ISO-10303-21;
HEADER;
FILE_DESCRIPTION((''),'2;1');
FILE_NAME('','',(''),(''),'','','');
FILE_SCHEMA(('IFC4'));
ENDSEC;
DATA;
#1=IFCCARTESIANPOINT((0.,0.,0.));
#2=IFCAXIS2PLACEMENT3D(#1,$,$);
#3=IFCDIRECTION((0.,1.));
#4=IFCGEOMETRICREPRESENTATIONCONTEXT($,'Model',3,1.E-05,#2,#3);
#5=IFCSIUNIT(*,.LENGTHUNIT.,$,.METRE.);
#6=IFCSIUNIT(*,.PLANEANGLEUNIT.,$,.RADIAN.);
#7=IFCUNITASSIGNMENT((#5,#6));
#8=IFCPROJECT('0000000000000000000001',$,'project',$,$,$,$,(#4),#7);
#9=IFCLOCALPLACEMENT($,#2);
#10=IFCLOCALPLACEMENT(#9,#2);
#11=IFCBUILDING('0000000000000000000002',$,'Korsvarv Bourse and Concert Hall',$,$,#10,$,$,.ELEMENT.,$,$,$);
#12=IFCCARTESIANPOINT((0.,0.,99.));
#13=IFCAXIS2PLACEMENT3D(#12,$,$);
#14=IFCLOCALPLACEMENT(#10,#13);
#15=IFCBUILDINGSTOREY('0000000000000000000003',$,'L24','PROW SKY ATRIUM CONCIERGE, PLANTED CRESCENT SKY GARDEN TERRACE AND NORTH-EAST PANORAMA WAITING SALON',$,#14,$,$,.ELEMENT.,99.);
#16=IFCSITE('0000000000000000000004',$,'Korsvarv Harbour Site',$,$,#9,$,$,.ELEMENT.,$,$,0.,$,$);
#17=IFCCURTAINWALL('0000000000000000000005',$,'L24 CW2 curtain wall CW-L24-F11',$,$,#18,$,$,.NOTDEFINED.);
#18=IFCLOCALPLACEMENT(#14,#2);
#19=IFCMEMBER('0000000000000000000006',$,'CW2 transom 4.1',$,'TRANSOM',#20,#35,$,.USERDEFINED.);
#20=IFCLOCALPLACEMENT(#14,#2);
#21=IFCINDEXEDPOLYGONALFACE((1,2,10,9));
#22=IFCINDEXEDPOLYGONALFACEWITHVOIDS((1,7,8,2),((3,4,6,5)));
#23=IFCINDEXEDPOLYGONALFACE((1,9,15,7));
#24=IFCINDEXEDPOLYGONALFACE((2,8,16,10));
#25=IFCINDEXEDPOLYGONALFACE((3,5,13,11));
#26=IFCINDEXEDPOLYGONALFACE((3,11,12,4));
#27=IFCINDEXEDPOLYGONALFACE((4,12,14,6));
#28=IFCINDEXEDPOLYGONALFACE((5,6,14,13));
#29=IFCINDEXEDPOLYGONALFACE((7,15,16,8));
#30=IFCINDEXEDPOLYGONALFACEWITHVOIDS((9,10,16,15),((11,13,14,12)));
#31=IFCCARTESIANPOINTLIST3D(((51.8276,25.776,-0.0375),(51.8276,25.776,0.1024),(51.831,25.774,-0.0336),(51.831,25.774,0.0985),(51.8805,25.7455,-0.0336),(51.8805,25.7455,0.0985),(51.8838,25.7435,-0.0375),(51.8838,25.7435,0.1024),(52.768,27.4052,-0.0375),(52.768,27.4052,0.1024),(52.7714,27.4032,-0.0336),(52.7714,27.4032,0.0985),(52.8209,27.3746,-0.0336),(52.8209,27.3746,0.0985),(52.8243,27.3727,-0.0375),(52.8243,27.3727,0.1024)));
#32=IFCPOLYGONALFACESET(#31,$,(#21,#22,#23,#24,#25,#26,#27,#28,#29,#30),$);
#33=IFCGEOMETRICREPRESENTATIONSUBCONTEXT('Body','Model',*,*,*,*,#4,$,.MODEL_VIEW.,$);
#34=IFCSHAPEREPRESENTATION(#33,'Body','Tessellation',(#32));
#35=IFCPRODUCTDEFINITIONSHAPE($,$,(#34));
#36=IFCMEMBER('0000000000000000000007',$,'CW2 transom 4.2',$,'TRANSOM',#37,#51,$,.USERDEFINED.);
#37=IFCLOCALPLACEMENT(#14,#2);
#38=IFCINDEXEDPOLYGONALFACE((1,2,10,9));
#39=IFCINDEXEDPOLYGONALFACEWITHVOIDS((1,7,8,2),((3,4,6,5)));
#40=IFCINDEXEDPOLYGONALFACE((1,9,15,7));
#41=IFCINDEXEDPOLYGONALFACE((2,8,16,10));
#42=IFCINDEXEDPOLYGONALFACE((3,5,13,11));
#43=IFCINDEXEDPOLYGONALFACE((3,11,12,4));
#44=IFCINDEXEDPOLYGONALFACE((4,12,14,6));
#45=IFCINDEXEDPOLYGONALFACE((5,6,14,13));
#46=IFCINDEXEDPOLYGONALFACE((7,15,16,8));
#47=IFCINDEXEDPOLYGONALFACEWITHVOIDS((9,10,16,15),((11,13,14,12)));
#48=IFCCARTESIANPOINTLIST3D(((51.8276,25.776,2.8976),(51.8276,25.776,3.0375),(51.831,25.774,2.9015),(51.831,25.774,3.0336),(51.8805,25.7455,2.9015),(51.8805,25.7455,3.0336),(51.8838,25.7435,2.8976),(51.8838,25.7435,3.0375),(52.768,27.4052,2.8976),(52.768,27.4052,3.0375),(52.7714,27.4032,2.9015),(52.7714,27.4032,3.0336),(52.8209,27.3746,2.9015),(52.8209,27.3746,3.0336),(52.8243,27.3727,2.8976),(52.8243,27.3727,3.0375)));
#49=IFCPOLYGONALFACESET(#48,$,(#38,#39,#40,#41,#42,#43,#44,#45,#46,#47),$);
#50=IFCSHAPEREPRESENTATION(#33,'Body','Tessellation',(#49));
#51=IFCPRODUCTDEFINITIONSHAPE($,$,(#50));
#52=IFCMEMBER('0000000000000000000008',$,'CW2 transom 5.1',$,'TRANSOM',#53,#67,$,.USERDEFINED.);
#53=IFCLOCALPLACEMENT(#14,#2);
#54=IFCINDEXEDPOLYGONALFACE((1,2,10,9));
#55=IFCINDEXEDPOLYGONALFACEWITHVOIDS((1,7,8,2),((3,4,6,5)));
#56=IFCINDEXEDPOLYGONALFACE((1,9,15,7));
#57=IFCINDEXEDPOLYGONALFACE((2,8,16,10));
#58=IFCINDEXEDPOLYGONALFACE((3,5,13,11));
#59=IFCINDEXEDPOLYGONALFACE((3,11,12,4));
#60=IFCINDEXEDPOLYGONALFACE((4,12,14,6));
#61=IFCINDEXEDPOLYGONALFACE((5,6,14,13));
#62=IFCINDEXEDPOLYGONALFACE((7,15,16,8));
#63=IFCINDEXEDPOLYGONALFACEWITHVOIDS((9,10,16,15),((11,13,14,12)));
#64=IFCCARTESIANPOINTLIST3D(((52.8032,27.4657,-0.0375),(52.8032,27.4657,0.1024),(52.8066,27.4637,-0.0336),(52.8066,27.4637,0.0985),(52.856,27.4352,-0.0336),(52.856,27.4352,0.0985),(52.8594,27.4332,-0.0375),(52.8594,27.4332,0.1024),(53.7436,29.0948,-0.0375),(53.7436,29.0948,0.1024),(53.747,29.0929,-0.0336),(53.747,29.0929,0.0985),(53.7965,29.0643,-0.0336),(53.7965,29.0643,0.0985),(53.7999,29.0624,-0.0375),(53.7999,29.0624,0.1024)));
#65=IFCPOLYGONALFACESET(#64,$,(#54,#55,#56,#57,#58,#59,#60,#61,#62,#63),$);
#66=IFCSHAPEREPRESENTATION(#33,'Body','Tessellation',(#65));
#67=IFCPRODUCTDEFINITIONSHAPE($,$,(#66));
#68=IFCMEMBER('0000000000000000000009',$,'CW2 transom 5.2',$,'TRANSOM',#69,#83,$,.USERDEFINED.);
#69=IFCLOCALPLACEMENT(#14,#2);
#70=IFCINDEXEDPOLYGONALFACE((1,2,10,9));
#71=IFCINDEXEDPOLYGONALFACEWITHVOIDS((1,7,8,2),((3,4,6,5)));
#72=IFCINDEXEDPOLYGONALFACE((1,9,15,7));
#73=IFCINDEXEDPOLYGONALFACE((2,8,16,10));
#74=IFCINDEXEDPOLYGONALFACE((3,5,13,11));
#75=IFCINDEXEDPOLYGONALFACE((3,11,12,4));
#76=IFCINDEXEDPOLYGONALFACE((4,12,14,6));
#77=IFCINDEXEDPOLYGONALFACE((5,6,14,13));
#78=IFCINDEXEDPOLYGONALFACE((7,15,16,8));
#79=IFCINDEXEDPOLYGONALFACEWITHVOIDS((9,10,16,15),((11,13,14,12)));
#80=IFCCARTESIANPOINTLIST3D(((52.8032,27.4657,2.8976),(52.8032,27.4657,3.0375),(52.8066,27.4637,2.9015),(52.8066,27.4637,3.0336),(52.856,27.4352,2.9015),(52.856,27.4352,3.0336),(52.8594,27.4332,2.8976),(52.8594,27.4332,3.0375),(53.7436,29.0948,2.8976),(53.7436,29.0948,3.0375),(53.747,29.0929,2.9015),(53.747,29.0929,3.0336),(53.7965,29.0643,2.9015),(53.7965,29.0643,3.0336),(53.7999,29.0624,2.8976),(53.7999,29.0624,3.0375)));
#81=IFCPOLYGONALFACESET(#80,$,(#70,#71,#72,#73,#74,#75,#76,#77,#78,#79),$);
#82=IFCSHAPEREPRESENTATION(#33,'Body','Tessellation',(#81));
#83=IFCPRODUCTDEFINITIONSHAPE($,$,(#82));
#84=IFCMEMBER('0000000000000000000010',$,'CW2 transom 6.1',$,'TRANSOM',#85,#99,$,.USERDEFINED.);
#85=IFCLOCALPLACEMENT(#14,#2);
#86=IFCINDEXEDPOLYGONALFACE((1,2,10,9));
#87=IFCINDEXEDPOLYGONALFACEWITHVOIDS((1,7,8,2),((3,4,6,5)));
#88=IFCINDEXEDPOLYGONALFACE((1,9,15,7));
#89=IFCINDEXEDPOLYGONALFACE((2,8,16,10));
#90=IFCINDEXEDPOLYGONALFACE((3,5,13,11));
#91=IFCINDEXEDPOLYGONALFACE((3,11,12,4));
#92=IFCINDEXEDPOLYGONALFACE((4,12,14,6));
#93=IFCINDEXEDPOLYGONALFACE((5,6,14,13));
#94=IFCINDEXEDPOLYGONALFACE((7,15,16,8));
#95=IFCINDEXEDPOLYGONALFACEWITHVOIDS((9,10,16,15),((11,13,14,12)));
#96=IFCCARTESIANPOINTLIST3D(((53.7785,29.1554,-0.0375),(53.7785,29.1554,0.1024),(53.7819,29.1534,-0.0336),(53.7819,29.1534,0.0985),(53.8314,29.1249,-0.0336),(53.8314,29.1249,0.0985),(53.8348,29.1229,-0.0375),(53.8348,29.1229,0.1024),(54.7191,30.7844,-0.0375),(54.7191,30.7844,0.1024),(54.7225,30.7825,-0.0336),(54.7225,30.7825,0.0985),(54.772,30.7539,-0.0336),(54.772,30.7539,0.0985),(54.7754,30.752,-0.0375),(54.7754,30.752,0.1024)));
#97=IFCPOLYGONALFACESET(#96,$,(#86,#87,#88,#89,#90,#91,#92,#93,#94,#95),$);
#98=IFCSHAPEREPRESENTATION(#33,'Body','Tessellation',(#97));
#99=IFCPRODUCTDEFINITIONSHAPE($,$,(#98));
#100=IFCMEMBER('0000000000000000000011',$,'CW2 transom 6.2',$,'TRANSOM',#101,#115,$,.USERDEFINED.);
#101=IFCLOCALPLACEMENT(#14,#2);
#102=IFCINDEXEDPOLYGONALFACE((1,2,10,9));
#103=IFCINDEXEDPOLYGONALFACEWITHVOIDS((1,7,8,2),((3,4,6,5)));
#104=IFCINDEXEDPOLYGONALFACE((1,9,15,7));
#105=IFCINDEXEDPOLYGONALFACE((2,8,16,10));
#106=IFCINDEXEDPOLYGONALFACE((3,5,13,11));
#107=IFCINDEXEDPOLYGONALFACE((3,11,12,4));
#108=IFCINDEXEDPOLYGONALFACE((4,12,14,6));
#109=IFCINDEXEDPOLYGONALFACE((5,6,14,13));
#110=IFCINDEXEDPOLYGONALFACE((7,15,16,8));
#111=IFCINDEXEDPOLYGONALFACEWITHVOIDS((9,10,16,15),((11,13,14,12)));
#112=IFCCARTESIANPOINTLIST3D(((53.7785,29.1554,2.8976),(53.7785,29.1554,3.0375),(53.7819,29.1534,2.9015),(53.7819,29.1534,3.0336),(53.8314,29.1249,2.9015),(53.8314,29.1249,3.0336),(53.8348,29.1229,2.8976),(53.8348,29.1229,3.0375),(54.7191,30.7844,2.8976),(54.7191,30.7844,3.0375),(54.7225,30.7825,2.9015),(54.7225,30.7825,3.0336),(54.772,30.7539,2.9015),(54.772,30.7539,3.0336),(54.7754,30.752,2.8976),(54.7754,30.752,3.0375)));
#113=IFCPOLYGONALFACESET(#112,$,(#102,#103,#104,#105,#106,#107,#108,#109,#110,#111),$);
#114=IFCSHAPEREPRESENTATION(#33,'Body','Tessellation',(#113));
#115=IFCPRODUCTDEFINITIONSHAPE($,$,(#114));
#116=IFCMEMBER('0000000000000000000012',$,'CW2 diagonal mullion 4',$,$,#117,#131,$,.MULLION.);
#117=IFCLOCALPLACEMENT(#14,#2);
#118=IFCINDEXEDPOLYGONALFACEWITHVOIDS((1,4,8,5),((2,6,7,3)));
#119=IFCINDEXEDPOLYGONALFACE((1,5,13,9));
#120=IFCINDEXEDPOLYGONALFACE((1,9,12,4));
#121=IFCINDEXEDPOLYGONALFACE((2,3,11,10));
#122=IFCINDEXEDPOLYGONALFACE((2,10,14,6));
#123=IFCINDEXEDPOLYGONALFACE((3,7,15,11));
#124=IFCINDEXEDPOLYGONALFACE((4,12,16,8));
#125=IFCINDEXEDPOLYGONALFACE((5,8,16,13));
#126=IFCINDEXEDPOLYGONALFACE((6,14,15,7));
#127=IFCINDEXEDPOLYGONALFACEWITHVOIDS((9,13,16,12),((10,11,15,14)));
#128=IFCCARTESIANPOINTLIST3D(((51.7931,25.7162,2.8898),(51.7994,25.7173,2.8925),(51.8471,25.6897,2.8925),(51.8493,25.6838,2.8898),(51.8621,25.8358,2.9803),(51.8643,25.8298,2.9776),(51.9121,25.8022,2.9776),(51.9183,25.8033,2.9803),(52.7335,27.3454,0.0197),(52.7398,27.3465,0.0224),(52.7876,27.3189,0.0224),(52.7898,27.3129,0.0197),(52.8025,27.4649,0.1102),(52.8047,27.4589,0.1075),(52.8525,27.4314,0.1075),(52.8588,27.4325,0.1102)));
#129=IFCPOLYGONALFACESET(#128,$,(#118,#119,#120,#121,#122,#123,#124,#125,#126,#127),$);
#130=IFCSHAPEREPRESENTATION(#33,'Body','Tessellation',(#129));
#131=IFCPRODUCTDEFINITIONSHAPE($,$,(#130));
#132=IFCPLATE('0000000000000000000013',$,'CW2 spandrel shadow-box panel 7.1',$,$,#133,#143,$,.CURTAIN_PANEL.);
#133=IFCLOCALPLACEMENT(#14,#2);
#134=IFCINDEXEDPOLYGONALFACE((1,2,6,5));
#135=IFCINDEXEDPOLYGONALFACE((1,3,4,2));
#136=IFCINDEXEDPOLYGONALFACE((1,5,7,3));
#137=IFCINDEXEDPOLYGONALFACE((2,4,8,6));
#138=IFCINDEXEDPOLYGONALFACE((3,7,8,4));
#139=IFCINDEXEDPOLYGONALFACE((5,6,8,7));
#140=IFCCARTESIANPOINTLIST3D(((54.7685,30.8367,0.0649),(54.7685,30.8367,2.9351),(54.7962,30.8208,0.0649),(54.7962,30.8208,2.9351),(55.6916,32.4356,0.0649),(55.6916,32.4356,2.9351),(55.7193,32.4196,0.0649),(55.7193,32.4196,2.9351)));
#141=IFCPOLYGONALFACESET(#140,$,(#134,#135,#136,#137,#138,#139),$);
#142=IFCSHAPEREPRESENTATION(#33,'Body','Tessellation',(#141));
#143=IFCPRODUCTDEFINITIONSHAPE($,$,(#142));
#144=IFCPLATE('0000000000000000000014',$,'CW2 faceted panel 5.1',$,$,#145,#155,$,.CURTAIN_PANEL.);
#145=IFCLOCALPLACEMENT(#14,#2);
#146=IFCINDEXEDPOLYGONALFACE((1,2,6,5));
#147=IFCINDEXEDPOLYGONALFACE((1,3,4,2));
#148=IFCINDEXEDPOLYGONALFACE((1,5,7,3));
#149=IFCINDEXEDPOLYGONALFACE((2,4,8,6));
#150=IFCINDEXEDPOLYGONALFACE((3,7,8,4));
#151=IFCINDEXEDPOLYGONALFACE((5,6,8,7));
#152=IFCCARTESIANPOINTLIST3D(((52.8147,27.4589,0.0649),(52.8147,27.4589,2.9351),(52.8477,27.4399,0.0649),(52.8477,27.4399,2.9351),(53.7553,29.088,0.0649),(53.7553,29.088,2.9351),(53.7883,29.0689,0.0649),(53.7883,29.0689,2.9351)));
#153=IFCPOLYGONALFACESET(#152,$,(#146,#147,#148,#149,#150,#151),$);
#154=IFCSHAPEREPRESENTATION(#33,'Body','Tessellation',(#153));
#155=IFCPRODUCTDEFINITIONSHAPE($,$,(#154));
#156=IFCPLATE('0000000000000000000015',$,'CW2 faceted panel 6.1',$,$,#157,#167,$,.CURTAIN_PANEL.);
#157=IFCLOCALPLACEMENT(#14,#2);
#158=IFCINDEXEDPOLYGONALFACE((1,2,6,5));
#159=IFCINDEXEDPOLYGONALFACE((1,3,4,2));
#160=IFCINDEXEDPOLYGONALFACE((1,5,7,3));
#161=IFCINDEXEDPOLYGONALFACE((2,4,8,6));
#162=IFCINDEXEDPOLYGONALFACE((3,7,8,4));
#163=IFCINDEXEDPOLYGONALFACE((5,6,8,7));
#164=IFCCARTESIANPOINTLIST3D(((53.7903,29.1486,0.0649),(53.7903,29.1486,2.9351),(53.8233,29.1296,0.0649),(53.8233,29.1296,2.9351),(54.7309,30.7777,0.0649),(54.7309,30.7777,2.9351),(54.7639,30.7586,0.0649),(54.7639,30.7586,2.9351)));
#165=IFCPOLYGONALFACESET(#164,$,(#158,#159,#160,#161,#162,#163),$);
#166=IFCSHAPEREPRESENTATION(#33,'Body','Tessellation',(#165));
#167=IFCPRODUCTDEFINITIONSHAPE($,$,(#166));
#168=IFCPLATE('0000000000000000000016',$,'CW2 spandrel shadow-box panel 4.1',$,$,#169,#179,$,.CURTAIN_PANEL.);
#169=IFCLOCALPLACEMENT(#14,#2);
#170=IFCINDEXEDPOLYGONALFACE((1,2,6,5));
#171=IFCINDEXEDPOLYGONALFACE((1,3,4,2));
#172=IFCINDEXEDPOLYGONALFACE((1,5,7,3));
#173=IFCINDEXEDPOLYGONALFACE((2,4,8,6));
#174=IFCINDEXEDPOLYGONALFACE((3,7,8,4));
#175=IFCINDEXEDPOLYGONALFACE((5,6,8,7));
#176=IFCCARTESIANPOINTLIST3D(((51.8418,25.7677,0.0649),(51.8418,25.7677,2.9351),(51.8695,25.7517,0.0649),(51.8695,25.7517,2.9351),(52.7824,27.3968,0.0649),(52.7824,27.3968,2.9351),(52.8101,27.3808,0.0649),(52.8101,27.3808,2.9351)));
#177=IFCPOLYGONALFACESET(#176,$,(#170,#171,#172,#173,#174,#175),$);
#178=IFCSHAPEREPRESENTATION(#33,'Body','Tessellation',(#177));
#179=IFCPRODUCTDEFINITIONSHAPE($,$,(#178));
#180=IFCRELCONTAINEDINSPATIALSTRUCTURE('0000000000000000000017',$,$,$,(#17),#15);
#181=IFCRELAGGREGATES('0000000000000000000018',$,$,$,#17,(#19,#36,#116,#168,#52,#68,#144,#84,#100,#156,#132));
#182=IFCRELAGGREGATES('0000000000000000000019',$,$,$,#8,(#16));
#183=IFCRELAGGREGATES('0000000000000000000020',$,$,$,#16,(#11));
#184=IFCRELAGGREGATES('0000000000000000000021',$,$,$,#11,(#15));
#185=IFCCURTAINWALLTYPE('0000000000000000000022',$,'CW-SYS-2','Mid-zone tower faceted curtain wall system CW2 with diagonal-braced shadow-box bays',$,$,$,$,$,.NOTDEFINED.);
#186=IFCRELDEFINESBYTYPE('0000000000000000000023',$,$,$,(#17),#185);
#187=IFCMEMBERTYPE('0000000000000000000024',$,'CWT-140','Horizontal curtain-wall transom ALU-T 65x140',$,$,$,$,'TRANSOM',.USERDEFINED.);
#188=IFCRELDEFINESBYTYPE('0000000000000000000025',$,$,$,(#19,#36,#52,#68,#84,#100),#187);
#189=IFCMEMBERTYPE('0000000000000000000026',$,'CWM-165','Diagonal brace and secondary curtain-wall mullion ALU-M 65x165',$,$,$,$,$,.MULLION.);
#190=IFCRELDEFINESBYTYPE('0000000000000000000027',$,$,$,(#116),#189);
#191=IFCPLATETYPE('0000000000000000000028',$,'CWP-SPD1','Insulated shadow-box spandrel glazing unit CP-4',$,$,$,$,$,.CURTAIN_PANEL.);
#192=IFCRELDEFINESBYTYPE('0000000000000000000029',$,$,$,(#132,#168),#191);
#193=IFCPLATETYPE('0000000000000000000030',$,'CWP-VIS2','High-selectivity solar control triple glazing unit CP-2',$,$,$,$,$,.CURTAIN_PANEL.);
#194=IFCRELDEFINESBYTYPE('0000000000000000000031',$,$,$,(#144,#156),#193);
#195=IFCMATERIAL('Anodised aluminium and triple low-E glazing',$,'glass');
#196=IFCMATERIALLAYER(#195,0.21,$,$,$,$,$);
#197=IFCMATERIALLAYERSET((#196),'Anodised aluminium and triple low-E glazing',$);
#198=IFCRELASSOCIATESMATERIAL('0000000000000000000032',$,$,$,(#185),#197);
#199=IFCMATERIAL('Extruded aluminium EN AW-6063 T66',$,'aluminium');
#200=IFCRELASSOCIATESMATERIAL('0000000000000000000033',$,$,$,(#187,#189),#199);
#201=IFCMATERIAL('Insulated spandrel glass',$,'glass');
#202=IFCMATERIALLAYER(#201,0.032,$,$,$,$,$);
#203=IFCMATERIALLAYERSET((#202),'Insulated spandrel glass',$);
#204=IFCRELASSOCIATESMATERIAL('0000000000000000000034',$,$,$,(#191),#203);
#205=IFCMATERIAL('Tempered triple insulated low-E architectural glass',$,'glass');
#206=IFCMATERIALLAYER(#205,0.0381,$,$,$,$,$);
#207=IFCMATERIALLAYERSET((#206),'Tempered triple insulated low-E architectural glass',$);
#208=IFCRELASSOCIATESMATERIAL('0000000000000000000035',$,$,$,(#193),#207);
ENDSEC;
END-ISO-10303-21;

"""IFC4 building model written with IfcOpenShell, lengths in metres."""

from ifc_helpers import new_model, si_unit, direction, frame, origin, origin_2d, place, context, subcontext, project, spatial, rectangle, hollow_rectangle, extrude, source, transform, mapped, material, layer, layer_set, material_profile, profile_set, type_object, element, aggregate, save


model = new_model("IFC4")

# Units and contexts
model_context = context("Model", 3, precision=1e-05, world=origin(), true_north=direction((0.0, 1.0)))
body_context = subcontext(model_context, "Body", "Model", "MODEL_VIEW")
ifc_project = project(units=[si_unit("LENGTHUNIT", "METRE"), si_unit("PLANEANGLEUNIT", "RADIAN")], contexts=[model_context])

# Site, building, storey
site_placement = place(None, origin())
site = spatial("IfcSite", under=ifc_project, at=site_placement, Name="Korsvarv Harbour Site", CompositionType="ELEMENT", RefElevation=0.0)
building_placement = place(site_placement, origin())
building = spatial("IfcBuilding", under=site, at=building_placement, Name="Korsvarv Bourse and Concert Hall", CompositionType="ELEMENT")
storey_placement = place(building_placement, frame((0.0, 0.0, 99.0)))
storey = spatial("IfcBuildingStorey", under=building, at=storey_placement, Name="L24", Description="PROW SKY ATRIUM CONCIERGE, PLANTED CRESCENT SKY GARDEN TERRACE AND NORTH-EAST PANORAMA WAITING SALON", CompositionType="ELEMENT", Elevation=99.0)

# Curtain wall, members, plates
ifc_material_1 = material(Name="Anodised aluminium and triple low-E glazing", Category="glass")
ifc_layer_1 = layer(ifc_material_1, 0.21)
ifc_layer_set_1 = layer_set([ifc_layer_1], Name="Anodised aluminium and triple low-E glazing")
curtain_wall_type = type_object("IfcCurtainWallType", Name="CW-SYS-2", Description="Mid-zone tower faceted curtain wall system CW2 with diagonal-braced shadow-box bays", PredefinedType="NOTDEFINED", material=ifc_layer_set_1)
curtain_wall_placement = place(storey_placement, origin())
curtain_wall = element("IfcCurtainWall", 1, at=curtain_wall_placement, inside=storey, type_object=curtain_wall_type, Name="L24 CW2 curtain wall CW-L24-F11", PredefinedType="NOTDEFINED")
ifc_material_2 = material(Name="Extruded aluminium EN AW-6063 T66", Category="aluminium")
ifc_material_profile_1 = material_profile(ifc_material_2, hollow_rectangle(XDim=0.0649, YDim=0.1399, WallThickness=0.0039, at=origin_2d()), Name="ALU-T 65x140")
ifc_profile_set_1 = profile_set([ifc_material_profile_1], Name="Extruded aluminium EN AW-6063 T66")
member_type_1 = type_object("IfcMemberType", Name="CWT-140", Description="Horizontal curtain-wall transom ALU-T 65x140", ElementType="TRANSOM", PredefinedType="USERDEFINED", material=ifc_profile_set_1)
ifc_material_profile_2 = material_profile(ifc_material_2, hollow_rectangle(XDim=0.0649, YDim=0.165, WallThickness=0.0049, at=origin_2d()), Name="ALU-M 65x165")
ifc_profile_set_2 = profile_set([ifc_material_profile_2], Name="Extruded aluminium EN AW-6063 T66")
member_type_2 = type_object("IfcMemberType", Name="CWM-165", Description="Diagonal brace and secondary curtain-wall mullion ALU-M 65x165", PredefinedType="MULLION", material=ifc_profile_set_2)
shared_shape_1 = source(origin(), body_context, "Body", "SweptSolid", [
    extrude(hollow_rectangle(XDim=0.0649, YDim=0.1399, WallThickness=0.0039, at=origin_2d()), origin(), (0.0, 0.0, 1.0), 1.8811),
])
member_1_placement = place(storey_placement, frame((51.8557, 25.7598, 0.0325), z_axis=(0.499936, 0.866062, 0.0), x_axis=(-0.866062, 0.499936, 0.0)))
member_1 = element("IfcMember", 2, at=member_1_placement, type_object=member_type_1, Name="CW2 transom 4.1", ObjectType="TRANSOM", PredefinedType="USERDEFINED", context=body_context, shape_type="MappedRepresentation", body=[
    mapped(shared_shape_1, transform((0.0, 0.0, 0.0), scale=1.0)),
])
member_2_placement = place(storey_placement, frame((51.8557, 25.7598, 2.9675), z_axis=(0.499936, 0.866062, 0.0), x_axis=(-0.866062, 0.499936, 0.0)))
member_2 = element("IfcMember", 3, at=member_2_placement, type_object=member_type_1, Name="CW2 transom 4.2", ObjectType="TRANSOM", PredefinedType="USERDEFINED", context=body_context, shape_type="MappedRepresentation", body=[
    mapped(shared_shape_1, transform((0.0, 0.0, 0.0), scale=1.0)),
])
member_3_placement = place(storey_placement, frame((52.8313, 27.4495, 0.0325), z_axis=(0.499936, 0.866062, 0.0), x_axis=(-0.866062, 0.499936, 0.0)))
member_3 = element("IfcMember", 4, at=member_3_placement, type_object=member_type_1, Name="CW2 transom 5.1", ObjectType="TRANSOM", PredefinedType="USERDEFINED", context=body_context, shape_type="MappedRepresentation", body=[
    mapped(shared_shape_1, transform((0.0, 0.0, 0.0), scale=1.0)),
])
member_4_placement = place(storey_placement, frame((52.8313, 27.4495, 2.9675), z_axis=(0.499936, 0.866062, 0.0), x_axis=(-0.866062, 0.499936, 0.0)))
member_4 = element("IfcMember", 5, at=member_4_placement, type_object=member_type_1, Name="CW2 transom 5.2", ObjectType="TRANSOM", PredefinedType="USERDEFINED", context=body_context, shape_type="MappedRepresentation", body=[
    mapped(shared_shape_1, transform((0.0, 0.0, 0.0), scale=1.0)),
])
member_5_placement = place(storey_placement, frame((53.8066, 29.1392, 0.0325), z_axis=(0.500033, 0.866006, 0.0), x_axis=(-0.866006, 0.500033, 0.0)))
member_5 = element("IfcMember", 6, at=member_5_placement, type_object=member_type_1, Name="CW2 transom 6.1", ObjectType="TRANSOM", PredefinedType="USERDEFINED", context=body_context, shape_type="MappedRepresentation", body=[
    mapped(shared_shape_1, transform((0.0, 0.0, 0.0), scale=1.0)),
])
member_6_placement = place(storey_placement, frame((53.8066, 29.1392, 2.9675), z_axis=(0.500033, 0.866006, 0.0), x_axis=(-0.866006, 0.500033, 0.0)))
member_6 = element("IfcMember", 7, at=member_6_placement, type_object=member_type_1, Name="CW2 transom 6.2", ObjectType="TRANSOM", PredefinedType="USERDEFINED", context=body_context, shape_type="MappedRepresentation", body=[
    mapped(shared_shape_1, transform((0.0, 0.0, 0.0), scale=1.0)),
])
shared_shape_2 = source(origin(), body_context, "Body", "SweptSolid", [
    extrude(hollow_rectangle(XDim=0.0649, YDim=0.165, WallThickness=0.0049, at=origin_2d()), origin(), (0.0, 0.0, 1.0), 3.4316),
])
member_7_placement = place(storey_placement, frame((52.7961, 27.3889, 0.0649), z_axis=(-0.274047, -0.474745, 0.83637), x_axis=(0.866062, -0.499936, 0.0)))
member_7 = element("IfcMember", 8, at=member_7_placement, type_object=member_type_2, Name="CW2 diagonal mullion 4", PredefinedType="MULLION", context=body_context, shape_type="MappedRepresentation", body=[
    mapped(shared_shape_2, transform((0.0, 0.0, 0.0), scale=1.0)),
])
ifc_material_3 = material(Name="Insulated spandrel glass", Category="glass")
ifc_layer_2 = layer(ifc_material_3, 0.032)
ifc_layer_set_2 = layer_set([ifc_layer_2], Name="Insulated spandrel glass")
plate_type_1 = type_object("IfcPlateType", Name="CWP-SPD1", Description="Insulated shadow-box spandrel glazing unit CP-4", PredefinedType="CURTAIN_PANEL", material=ifc_layer_set_2)
shared_shape_3 = source(origin(), body_context, "Body", "SweptSolid", [
    extrude(rectangle(XDim=1.8462, YDim=0.032, at=origin_2d()), origin(), (0.0, 0.0, 1.0), 2.8701),
])
plate_1_placement = place(storey_placement, frame((55.2439, 31.6282, 0.0649), z_axis=(0.0, 0.0, 1.0), x_axis=(0.500002, 0.866024, 0.0)))
plate_1 = element("IfcPlate", 9, at=plate_1_placement, type_object=plate_type_1, Name="CW2 spandrel shadow-box panel 7.1", PredefinedType="CURTAIN_PANEL", context=body_context, shape_type="MappedRepresentation", body=[
    mapped(shared_shape_3, transform((0.0, 0.0, 0.0), scale=1.0)),
])
ifc_material_4 = material(Name="Tempered triple insulated low-E architectural glass", Category="glass")
ifc_layer_3 = layer(ifc_material_4, 0.0381)
ifc_layer_set_3 = layer_set([ifc_layer_3], Name="Tempered triple insulated low-E architectural glass")
plate_type_2 = type_object("IfcPlateType", Name="CWP-VIS2", Description="High-selectivity solar control triple glazing unit CP-2", PredefinedType="CURTAIN_PANEL", material=ifc_layer_set_3)
shared_shape_4 = source(origin(), body_context, "Body", "SweptSolid", [
    extrude(rectangle(XDim=1.8811, YDim=0.0381, at=origin_2d()), origin(), (0.0, 0.0, 1.0), 2.8701),
])
plate_2_placement = place(storey_placement, frame((53.3015, 28.2639, 0.0649), z_axis=(0.0, 0.0, 1.0), x_axis=(0.500002, 0.866024, 0.0)))
plate_2 = element("IfcPlate", 10, at=plate_2_placement, type_object=plate_type_2, Name="CW2 faceted panel 5.1", PredefinedType="CURTAIN_PANEL", context=body_context, shape_type="MappedRepresentation", body=[
    mapped(shared_shape_4, transform((0.0, 0.0, 0.0), scale=1.0)),
])
plate_3_placement = place(storey_placement, frame((54.2771, 29.9536, 0.0649), z_axis=(0.0, 0.0, 1.0), x_axis=(0.500002, 0.866024, 0.0)))
plate_3 = element("IfcPlate", 11, at=plate_3_placement, type_object=plate_type_2, Name="CW2 faceted panel 6.1", PredefinedType="CURTAIN_PANEL", context=body_context, shape_type="MappedRepresentation", body=[
    mapped(shared_shape_4, transform((0.0, 0.0, 0.0), scale=1.0)),
])
shared_shape_5 = source(origin(), body_context, "Body", "SweptSolid", [
    extrude(rectangle(XDim=1.8811, YDim=0.032, at=origin_2d()), origin(), (0.0, 0.0, 1.0), 2.8701),
])
plate_4_placement = place(storey_placement, frame((52.3259, 26.5742, 0.0649), z_axis=(0.0, 0.0, 1.0), x_axis=(0.500002, 0.866024, 0.0)))
plate_4 = element("IfcPlate", 12, at=plate_4_placement, type_object=plate_type_1, Name="CW2 spandrel shadow-box panel 4.1", PredefinedType="CURTAIN_PANEL", context=body_context, shape_type="MappedRepresentation", body=[
    mapped(shared_shape_5, transform((0.0, 0.0, 0.0), scale=1.0)),
])
aggregate(curtain_wall, [member_1, member_2, member_7, plate_4, member_3, member_4, plate_2, member_5, member_6, plate_3, plate_1])

save(model, "model.ifc")
